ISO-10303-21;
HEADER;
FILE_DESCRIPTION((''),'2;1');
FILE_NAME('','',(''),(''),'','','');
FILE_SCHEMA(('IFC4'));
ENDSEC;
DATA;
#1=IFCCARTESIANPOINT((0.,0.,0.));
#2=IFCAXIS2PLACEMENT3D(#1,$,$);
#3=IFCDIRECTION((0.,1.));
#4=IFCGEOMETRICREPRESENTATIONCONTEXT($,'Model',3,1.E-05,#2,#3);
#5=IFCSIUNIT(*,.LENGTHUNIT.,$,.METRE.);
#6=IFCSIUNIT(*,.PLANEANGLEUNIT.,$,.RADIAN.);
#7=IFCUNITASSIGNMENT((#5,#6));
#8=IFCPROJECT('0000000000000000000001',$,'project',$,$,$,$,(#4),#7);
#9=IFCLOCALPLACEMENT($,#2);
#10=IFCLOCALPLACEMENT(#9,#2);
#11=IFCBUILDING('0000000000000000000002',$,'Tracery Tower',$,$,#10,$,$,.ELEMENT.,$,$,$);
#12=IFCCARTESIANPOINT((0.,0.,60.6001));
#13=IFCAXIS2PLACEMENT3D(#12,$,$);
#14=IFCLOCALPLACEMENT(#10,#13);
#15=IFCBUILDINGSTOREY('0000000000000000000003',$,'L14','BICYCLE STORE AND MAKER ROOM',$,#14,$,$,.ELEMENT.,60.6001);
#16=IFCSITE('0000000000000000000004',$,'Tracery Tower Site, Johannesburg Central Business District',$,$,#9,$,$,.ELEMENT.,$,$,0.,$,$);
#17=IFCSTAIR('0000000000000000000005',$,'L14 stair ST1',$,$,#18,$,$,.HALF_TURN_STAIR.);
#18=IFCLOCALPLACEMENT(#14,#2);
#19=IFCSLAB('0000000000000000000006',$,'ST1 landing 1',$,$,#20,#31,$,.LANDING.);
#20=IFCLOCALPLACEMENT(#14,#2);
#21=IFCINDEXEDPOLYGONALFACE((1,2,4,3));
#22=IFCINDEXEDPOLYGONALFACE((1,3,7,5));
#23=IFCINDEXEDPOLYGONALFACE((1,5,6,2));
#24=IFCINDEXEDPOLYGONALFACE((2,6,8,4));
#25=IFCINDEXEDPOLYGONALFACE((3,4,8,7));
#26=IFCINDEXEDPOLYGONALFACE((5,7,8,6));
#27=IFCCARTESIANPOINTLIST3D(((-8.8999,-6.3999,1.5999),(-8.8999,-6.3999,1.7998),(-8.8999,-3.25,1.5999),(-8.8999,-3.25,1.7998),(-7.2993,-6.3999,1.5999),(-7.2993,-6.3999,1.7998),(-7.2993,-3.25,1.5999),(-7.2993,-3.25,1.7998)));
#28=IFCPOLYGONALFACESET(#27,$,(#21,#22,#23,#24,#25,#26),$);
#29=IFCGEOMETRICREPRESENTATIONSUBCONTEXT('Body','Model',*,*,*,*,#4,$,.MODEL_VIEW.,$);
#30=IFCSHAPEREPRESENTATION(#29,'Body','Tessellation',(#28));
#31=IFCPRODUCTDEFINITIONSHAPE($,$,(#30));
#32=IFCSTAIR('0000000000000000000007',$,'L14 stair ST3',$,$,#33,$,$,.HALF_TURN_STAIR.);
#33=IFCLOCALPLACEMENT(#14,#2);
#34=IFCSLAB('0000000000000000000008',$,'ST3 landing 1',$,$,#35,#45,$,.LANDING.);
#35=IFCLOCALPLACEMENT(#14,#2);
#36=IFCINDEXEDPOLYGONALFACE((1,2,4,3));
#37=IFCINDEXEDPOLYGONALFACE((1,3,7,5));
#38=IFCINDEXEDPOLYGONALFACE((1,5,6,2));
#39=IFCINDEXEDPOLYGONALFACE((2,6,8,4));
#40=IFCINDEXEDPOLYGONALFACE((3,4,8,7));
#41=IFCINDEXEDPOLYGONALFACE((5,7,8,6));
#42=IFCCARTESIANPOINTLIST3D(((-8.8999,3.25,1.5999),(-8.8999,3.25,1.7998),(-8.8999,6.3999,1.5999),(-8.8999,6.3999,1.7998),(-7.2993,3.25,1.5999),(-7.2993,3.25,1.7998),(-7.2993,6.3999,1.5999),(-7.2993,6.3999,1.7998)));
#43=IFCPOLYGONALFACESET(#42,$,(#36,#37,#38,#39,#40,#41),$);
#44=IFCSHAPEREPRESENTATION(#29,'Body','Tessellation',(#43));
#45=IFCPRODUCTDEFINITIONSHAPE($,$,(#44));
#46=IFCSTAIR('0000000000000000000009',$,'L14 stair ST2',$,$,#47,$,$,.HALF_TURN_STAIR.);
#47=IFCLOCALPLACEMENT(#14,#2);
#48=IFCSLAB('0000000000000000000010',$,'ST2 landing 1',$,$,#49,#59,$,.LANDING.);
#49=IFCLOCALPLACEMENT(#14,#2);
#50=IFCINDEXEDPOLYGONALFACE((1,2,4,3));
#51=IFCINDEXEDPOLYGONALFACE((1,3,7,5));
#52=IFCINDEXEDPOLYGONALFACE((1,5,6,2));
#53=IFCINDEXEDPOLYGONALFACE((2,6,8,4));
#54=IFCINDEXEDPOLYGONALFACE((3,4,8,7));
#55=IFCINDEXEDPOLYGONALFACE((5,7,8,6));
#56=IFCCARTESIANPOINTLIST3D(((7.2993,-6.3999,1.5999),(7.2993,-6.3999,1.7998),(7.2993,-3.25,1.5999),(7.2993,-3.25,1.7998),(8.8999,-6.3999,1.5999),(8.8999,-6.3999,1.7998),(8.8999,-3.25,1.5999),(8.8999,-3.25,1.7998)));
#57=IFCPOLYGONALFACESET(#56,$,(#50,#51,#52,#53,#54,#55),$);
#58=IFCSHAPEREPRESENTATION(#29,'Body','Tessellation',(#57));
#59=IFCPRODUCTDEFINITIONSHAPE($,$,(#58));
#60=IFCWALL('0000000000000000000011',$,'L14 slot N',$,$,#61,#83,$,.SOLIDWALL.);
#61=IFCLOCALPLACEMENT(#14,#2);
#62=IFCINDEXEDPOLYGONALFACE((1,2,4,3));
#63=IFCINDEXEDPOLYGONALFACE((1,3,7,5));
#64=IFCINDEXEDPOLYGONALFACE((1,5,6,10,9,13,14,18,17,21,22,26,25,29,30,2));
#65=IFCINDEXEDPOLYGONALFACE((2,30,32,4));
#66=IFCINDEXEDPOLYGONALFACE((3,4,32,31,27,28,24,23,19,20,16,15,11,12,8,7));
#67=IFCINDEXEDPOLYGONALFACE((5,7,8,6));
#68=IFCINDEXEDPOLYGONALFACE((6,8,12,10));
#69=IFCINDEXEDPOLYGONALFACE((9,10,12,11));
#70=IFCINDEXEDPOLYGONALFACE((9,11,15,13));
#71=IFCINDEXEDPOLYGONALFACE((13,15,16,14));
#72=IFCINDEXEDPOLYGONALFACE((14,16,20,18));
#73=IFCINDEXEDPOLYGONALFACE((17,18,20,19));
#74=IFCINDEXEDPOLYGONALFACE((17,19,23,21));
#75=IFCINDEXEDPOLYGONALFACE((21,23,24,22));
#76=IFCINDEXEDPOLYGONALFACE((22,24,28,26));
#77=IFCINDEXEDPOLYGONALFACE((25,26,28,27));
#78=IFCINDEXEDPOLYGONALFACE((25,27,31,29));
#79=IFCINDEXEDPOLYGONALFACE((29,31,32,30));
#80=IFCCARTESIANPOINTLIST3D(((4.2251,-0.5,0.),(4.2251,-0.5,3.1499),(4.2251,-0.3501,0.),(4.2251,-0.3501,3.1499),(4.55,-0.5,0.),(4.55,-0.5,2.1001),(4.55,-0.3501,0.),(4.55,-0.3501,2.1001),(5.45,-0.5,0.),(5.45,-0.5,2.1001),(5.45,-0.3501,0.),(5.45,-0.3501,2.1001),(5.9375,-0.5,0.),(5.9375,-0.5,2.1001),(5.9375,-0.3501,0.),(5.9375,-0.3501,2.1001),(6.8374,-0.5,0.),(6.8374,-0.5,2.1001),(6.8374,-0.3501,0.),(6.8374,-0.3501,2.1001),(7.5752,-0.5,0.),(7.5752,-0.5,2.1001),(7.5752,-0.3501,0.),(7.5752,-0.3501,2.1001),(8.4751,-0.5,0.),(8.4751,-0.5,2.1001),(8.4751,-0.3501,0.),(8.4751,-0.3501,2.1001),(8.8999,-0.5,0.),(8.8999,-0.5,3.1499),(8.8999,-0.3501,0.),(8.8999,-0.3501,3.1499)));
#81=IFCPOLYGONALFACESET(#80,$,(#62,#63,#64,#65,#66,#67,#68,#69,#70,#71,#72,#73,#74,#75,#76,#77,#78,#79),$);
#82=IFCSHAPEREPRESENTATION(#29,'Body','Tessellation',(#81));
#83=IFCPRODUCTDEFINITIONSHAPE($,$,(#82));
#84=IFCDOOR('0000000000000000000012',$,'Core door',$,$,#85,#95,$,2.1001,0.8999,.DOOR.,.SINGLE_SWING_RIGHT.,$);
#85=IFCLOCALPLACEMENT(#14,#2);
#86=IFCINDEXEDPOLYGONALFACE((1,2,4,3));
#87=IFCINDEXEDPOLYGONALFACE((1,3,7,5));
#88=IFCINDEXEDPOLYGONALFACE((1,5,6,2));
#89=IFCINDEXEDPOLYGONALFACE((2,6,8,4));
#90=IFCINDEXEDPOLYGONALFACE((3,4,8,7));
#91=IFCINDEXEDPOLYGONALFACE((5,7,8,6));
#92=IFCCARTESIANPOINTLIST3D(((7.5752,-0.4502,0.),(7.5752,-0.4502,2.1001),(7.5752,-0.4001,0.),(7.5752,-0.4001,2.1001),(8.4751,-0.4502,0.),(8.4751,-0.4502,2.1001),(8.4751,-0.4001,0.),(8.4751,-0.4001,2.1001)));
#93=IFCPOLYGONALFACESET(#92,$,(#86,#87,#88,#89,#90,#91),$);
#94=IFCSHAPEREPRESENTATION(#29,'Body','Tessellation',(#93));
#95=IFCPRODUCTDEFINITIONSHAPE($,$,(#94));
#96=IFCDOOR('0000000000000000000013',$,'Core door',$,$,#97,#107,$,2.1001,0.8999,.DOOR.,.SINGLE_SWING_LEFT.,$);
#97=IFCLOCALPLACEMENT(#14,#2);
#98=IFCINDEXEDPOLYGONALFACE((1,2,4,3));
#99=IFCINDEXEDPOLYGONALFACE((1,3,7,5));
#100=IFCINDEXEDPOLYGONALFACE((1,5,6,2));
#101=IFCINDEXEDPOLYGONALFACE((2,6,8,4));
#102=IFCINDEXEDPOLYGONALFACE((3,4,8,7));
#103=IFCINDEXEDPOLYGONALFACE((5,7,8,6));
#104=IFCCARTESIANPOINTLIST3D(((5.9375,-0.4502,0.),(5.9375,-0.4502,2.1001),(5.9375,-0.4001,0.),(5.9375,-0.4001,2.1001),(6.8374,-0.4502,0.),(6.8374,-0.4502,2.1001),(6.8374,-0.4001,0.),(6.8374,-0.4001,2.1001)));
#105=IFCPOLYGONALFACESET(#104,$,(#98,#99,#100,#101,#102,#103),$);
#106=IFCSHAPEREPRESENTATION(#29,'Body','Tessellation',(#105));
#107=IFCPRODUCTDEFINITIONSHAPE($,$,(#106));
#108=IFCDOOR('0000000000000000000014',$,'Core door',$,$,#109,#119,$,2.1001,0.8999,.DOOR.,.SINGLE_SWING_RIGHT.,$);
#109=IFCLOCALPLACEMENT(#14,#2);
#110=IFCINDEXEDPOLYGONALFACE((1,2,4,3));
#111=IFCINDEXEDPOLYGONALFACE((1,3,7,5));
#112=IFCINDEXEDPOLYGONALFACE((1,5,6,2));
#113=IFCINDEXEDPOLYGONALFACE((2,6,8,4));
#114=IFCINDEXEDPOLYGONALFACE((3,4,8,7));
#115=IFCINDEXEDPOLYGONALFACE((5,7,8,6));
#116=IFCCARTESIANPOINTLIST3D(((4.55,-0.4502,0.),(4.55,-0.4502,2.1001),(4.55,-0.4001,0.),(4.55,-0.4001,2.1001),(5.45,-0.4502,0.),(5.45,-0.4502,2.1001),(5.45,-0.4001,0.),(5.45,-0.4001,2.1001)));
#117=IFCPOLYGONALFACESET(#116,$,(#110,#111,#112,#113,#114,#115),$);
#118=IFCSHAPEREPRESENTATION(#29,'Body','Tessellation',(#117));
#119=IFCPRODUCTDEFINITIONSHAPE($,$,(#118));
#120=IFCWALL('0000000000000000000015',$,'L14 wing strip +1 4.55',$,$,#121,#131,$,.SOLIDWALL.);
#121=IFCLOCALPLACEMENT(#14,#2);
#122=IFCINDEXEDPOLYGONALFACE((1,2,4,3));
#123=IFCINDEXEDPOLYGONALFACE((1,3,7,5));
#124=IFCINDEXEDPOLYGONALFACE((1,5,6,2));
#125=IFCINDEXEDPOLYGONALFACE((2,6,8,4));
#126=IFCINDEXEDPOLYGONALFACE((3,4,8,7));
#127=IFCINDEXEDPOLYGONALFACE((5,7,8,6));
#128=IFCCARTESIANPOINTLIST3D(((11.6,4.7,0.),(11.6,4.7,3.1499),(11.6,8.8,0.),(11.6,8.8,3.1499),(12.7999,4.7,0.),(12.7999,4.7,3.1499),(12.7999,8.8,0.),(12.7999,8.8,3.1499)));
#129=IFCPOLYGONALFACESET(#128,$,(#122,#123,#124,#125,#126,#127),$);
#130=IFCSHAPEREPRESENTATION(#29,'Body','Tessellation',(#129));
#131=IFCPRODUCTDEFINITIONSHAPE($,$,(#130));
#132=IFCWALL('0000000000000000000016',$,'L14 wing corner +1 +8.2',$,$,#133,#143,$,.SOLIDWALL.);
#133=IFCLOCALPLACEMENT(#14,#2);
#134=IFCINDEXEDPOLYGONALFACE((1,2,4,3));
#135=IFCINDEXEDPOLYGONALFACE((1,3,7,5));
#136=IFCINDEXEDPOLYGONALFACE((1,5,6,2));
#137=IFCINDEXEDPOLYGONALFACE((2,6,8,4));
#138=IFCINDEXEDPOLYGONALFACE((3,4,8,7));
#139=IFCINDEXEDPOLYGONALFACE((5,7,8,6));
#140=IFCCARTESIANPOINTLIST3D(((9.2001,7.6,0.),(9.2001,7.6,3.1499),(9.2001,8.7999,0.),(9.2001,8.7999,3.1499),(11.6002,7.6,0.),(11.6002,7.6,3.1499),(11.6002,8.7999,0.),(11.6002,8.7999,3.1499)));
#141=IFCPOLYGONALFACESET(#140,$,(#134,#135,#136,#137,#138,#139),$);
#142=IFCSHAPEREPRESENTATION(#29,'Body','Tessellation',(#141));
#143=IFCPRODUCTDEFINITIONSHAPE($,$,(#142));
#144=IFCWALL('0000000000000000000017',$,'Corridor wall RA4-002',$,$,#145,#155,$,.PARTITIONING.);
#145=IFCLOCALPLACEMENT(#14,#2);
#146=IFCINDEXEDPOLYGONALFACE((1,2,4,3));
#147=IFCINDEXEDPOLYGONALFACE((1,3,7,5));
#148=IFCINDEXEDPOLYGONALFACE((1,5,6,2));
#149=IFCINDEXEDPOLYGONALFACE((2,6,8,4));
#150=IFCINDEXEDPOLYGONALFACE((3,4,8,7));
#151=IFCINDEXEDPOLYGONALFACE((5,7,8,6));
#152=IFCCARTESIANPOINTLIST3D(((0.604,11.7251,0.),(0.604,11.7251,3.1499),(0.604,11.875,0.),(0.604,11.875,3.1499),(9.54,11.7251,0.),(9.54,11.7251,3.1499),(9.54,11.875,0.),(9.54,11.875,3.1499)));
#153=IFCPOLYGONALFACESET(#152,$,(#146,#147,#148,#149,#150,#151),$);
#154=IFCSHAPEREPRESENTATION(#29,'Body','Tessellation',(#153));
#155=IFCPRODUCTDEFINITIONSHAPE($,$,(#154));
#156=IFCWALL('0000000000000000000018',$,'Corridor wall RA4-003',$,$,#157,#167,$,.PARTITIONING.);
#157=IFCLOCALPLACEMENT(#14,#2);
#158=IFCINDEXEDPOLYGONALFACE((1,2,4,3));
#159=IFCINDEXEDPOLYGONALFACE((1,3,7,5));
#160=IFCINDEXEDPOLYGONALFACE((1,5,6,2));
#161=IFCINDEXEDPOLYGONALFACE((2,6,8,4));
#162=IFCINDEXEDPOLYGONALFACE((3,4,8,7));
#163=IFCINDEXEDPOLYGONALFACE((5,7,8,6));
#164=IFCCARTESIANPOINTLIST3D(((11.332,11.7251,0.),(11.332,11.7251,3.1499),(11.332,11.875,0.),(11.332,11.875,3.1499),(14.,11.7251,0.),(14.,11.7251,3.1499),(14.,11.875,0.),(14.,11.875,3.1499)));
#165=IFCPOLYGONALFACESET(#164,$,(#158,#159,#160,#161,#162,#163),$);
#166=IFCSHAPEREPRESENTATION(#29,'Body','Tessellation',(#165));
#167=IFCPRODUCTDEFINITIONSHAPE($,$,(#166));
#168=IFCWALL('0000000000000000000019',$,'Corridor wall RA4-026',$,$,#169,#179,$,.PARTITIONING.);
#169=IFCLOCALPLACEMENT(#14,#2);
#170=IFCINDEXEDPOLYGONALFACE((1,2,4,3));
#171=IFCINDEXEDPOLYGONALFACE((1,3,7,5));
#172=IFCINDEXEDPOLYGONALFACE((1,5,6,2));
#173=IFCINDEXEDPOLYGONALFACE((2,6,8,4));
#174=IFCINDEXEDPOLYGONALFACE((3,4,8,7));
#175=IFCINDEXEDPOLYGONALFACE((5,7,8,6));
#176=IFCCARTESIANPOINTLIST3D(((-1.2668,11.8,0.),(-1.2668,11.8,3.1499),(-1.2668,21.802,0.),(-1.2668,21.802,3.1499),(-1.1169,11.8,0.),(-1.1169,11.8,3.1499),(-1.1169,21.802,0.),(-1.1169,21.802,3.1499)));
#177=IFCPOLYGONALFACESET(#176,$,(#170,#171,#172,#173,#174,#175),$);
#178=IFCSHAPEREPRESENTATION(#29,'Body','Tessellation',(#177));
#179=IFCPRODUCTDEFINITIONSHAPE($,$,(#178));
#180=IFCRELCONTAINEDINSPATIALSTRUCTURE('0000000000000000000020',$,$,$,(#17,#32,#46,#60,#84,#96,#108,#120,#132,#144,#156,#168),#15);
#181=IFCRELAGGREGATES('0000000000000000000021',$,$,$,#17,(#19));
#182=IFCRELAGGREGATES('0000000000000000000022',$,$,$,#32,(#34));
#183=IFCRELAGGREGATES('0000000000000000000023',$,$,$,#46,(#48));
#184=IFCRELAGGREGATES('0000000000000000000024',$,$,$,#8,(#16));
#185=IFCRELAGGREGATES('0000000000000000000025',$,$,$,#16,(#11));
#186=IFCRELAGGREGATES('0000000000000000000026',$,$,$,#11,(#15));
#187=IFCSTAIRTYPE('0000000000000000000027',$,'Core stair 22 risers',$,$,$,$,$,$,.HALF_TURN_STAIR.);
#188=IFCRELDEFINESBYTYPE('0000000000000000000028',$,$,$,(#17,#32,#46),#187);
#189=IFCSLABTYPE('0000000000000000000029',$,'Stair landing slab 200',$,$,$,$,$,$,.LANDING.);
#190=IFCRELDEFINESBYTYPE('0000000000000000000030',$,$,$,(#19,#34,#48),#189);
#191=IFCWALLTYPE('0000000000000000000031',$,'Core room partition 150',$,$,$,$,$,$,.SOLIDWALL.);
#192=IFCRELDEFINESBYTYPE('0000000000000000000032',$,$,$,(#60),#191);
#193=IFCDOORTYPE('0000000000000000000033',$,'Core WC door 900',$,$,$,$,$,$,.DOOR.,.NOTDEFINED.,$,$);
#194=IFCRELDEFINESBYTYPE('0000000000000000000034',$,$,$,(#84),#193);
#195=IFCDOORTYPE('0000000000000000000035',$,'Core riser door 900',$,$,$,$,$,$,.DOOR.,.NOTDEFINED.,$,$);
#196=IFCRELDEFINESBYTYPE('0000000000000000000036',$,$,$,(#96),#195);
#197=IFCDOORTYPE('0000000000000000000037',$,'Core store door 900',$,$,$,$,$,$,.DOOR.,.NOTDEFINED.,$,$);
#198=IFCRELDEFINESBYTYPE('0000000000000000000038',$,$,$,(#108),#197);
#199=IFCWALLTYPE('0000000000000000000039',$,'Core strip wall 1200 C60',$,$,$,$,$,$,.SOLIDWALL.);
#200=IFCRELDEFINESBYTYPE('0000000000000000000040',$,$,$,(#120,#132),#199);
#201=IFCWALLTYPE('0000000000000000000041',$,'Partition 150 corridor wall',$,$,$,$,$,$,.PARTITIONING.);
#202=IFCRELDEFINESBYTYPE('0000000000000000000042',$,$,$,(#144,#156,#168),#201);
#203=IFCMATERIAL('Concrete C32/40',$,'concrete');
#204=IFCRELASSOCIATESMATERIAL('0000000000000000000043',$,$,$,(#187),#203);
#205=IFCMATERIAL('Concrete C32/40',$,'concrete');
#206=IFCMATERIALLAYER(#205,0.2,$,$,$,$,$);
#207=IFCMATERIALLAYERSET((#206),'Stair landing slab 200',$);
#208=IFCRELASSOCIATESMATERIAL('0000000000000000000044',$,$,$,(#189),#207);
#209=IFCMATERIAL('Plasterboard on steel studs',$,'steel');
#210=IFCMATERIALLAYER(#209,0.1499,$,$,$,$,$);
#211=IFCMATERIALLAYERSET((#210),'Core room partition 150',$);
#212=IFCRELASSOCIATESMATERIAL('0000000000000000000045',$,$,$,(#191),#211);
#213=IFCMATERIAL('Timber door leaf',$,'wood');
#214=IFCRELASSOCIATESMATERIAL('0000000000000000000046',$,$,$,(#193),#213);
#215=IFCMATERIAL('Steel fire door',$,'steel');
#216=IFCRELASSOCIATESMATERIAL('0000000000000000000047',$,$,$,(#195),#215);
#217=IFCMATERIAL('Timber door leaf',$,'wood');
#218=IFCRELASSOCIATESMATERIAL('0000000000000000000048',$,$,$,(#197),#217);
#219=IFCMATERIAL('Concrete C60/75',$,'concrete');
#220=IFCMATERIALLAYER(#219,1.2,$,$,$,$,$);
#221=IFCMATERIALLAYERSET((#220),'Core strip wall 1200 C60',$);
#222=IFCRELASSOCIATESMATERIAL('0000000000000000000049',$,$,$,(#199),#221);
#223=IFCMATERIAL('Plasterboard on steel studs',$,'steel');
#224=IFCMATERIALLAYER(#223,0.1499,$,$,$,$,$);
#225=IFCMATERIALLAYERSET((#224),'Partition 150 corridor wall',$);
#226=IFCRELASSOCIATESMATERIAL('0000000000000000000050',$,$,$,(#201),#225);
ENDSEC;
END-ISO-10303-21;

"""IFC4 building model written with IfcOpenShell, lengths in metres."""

from ifc_helpers import new_model, si_unit, direction, frame, frame_2d, origin, place, context, subcontext, project, spatial, polyline, rectangle, outline, extrude, material, layer, layer_set, type_object, element, fill, aggregate, save


model = new_model("IFC4")

# Units and contexts
model_context = context("Model", 3, precision=1e-05, world=origin(), true_north=direction((0.0, 1.0)))
body_context = subcontext(model_context, "Body", "Model", "MODEL_VIEW")
ifc_project = project(units=[si_unit("LENGTHUNIT", "METRE"), si_unit("PLANEANGLEUNIT", "RADIAN")], contexts=[model_context])

# Site, building, storey
site_placement = place(None, origin())
site = spatial("IfcSite", under=ifc_project, at=site_placement, Name="Tracery Tower Site, Johannesburg Central Business District", CompositionType="ELEMENT", RefElevation=0.0)
building_placement = place(site_placement, origin())
building = spatial("IfcBuilding", under=site, at=building_placement, Name="Tracery Tower", CompositionType="ELEMENT")
storey_placement = place(building_placement, frame((0.0, 0.0, 60.6001)))
storey = spatial("IfcBuildingStorey", under=building, at=storey_placement, Name="L14", Description="BICYCLE STORE AND MAKER ROOM", CompositionType="ELEMENT", Elevation=60.6001)

# Stairs, slabs
ifc_material_1 = material(Name="Concrete C32/40", Category="concrete")
stair_type = type_object("IfcStairType", Name="Core stair 22 risers", PredefinedType="HALF_TURN_STAIR", material=ifc_material_1)
stair_1_placement = place(storey_placement, origin())
stair_1 = element("IfcStair", 1, at=stair_1_placement, inside=storey, type_object=stair_type, Name="L14 stair ST1", PredefinedType="HALF_TURN_STAIR")
ifc_material_2 = material(Name="Concrete C32/40", Category="concrete")
ifc_layer_1 = layer(ifc_material_2, 0.2)
ifc_layer_set_1 = layer_set([ifc_layer_1], Name="Stair landing slab 200")
slab_type_1 = type_object("IfcSlabType", Name="Stair landing slab 200", PredefinedType="LANDING", material=ifc_layer_set_1)
slab_1_placement = place(storey_placement, frame((0.0, 0.0, 1.5999)))
slab_1 = element("IfcSlab", 2, at=slab_1_placement, type_object=slab_type_1, Name="ST1 landing 1", PredefinedType="LANDING", context=body_context, shape_type="SweptSolid", body=[
    extrude(outline(polyline([(-7.2993, -3.25), (-8.8999, -3.25), (-8.8999, -6.3999), (-7.2993, -6.3999), (-7.2993, -3.25)])), origin(), (0.0, 0.0, 1.0), 0.2),
])
aggregate(stair_1, [slab_1])
stair_2_placement = place(storey_placement, origin())
stair_2 = element("IfcStair", 3, at=stair_2_placement, inside=storey, type_object=stair_type, Name="L14 stair ST3", PredefinedType="HALF_TURN_STAIR")
slab_2_placement = place(storey_placement, frame((0.0, 0.0, 1.5999)))
slab_2 = element("IfcSlab", 4, at=slab_2_placement, type_object=slab_type_1, Name="ST3 landing 1", PredefinedType="LANDING", context=body_context, shape_type="SweptSolid", body=[
    extrude(outline(polyline([(-7.2993, 6.3999), (-8.8999, 6.3999), (-8.8999, 3.25), (-7.2993, 3.25), (-7.2993, 6.3999)])), origin(), (0.0, 0.0, 1.0), 0.2),
])
aggregate(stair_2, [slab_2])
stair_3_placement = place(storey_placement, origin())
stair_3 = element("IfcStair", 5, at=stair_3_placement, inside=storey, type_object=stair_type, Name="L14 stair ST2", PredefinedType="HALF_TURN_STAIR")
slab_3_placement = place(storey_placement, frame((0.0, 0.0, 1.5999)))
slab_3 = element("IfcSlab", 6, at=slab_3_placement, type_object=slab_type_1, Name="ST2 landing 1", PredefinedType="LANDING", context=body_context, shape_type="SweptSolid", body=[
    extrude(outline(polyline([(7.2993, -6.3999), (8.8999, -6.3999), (8.8999, -3.25), (7.2993, -3.25), (7.2993, -6.3999)])), origin(), (0.0, 0.0, 1.0), 0.2),
])
aggregate(stair_3, [slab_3])

# Wall, openings, doors
ifc_material_3 = material(Name="Plasterboard on steel studs", Category="steel")
ifc_layer_2 = layer(ifc_material_3, 0.1499)
ifc_layer_set_2 = layer_set([ifc_layer_2], Name="Core room partition 150")
wall_type_1 = type_object("IfcWallType", Name="Core room partition 150", PredefinedType="SOLIDWALL", material=ifc_layer_set_2)
wall_1_placement = place(storey_placement, frame((4.2251, -0.425, 0.0), z_axis=(0.0, 0.0, 1.0), x_axis=(1.0, 0.0, 0.0)))
wall_1 = element("IfcWall", 7, at=wall_1_placement, inside=storey, type_object=wall_type_1, Name="L14 slot N", PredefinedType="SOLIDWALL", context=body_context, shape_type="SweptSolid", body=[
    extrude(rectangle(XDim=4.6748, YDim=0.1499, at=frame_2d((2.3374, 0.0))), origin(), (0.0, 0.0, 1.0), 3.1499),
])
opening_1_placement = place(wall_1_placement, frame((0.325, 0.0, 0.0)))
opening_1 = element("IfcOpeningElement", 8, at=opening_1_placement, cuts=wall_1, PredefinedType="OPENING", context=body_context, shape_type="SweptSolid", body=[
    extrude(rectangle(XDim=0.8999, YDim=2.1001, at=frame_2d((0.45, 1.05))), frame((0.0, 0.075, 0.0), z_axis=(0.0, -1.0, 0.0), x_axis=(1.0, 0.0, 0.0)), (0.0, 0.0, 1.0), 0.1499),
])
opening_2_placement = place(wall_1_placement, frame((1.7124, 0.0, 0.0)))
opening_2 = element("IfcOpeningElement", 9, at=opening_2_placement, cuts=wall_1, PredefinedType="OPENING", context=body_context, shape_type="SweptSolid", body=[
    extrude(rectangle(XDim=0.8999, YDim=2.1001, at=frame_2d((0.45, 1.05))), frame((0.0, 0.075, 0.0), z_axis=(0.0, -1.0, 0.0), x_axis=(1.0, 0.0, 0.0)), (0.0, 0.0, 1.0), 0.1499),
])
opening_3_placement = place(wall_1_placement, frame((3.3501, 0.0, 0.0)))
opening_3 = element("IfcOpeningElement", 10, at=opening_3_placement, cuts=wall_1, PredefinedType="OPENING", context=body_context, shape_type="SweptSolid", body=[
    extrude(rectangle(XDim=0.8999, YDim=2.1001, at=frame_2d((0.45, 1.05))), frame((0.0, 0.075, 0.0), z_axis=(0.0, -1.0, 0.0), x_axis=(1.0, 0.0, 0.0)), (0.0, 0.0, 1.0), 0.1499),
])
ifc_material_4 = material(Name="Timber door leaf", Category="wood")
door_type_1 = type_object("IfcDoorType", Name="Core WC door 900", OperationType="NOTDEFINED", PredefinedType="DOOR", material=ifc_material_4)
door_1_placement = place(opening_3_placement, origin())
door_1 = element("IfcDoor", 11, at=door_1_placement, inside=storey, type_object=door_type_1, Name="Core door", OperationType="SINGLE_SWING_RIGHT", OverallHeight=2.1001, OverallWidth=0.8999, PredefinedType="DOOR", context=body_context, shape_type="SweptSolid", body=[
    extrude(rectangle(XDim=0.8999, YDim=2.1001, at=frame_2d((0.45, 1.05))), frame((0.0, 0.0249, 0.0), z_axis=(0.0, -1.0, 0.0), x_axis=(1.0, 0.0, 0.0)), (0.0, 0.0, 1.0), 0.05),
])
fill(opening_3, door_1)
ifc_material_5 = material(Name="Steel fire door", Category="steel")
door_type_2 = type_object("IfcDoorType", Name="Core riser door 900", OperationType="NOTDEFINED", PredefinedType="DOOR", material=ifc_material_5)
door_2_placement = place(opening_2_placement, origin())
door_2 = element("IfcDoor", 12, at=door_2_placement, inside=storey, type_object=door_type_2, Name="Core door", OperationType="SINGLE_SWING_LEFT", OverallHeight=2.1001, OverallWidth=0.8999, PredefinedType="DOOR", context=body_context, shape_type="SweptSolid", body=[
    extrude(rectangle(XDim=0.8999, YDim=2.1001, at=frame_2d((0.45, 1.05))), frame((0.0, 0.0249, 0.0), z_axis=(0.0, -1.0, 0.0), x_axis=(1.0, 0.0, 0.0)), (0.0, 0.0, 1.0), 0.05),
])
fill(opening_2, door_2)
ifc_material_6 = material(Name="Timber door leaf", Category="wood")
door_type_3 = type_object("IfcDoorType", Name="Core store door 900", OperationType="NOTDEFINED", PredefinedType="DOOR", material=ifc_material_6)
door_3_placement = place(opening_1_placement, origin())
door_3 = element("IfcDoor", 13, at=door_3_placement, inside=storey, type_object=door_type_3, Name="Core door", OperationType="SINGLE_SWING_RIGHT", OverallHeight=2.1001, OverallWidth=0.8999, PredefinedType="DOOR", context=body_context, shape_type="SweptSolid", body=[
    extrude(rectangle(XDim=0.8999, YDim=2.1001, at=frame_2d((0.45, 1.05))), frame((0.0, 0.0249, 0.0), z_axis=(0.0, -1.0, 0.0), x_axis=(1.0, 0.0, 0.0)), (0.0, 0.0, 1.0), 0.05),
])
fill(opening_1, door_3)

# Walls
ifc_material_7 = material(Name="Concrete C60/75", Category="concrete")
ifc_layer_3 = layer(ifc_material_7, 1.2)
ifc_layer_set_3 = layer_set([ifc_layer_3], Name="Core strip wall 1200 C60")
wall_type_2 = type_object("IfcWallType", Name="Core strip wall 1200 C60", PredefinedType="SOLIDWALL", material=ifc_layer_set_3)
wall_2_placement = place(storey_placement, frame((12.2, 4.7, 0.0), z_axis=(0.0, 0.0, 1.0), x_axis=(0.0, 1.0, 0.0)))
element("IfcWall", 14, at=wall_2_placement, inside=storey, type_object=wall_type_2, Name="L14 wing strip +1 4.55", PredefinedType="SOLIDWALL", context=body_context, shape_type="SweptSolid", body=[
    extrude(rectangle(XDim=4.1001, YDim=1.2, at=frame_2d((2.05, 0.0))), origin(), (0.0, 0.0, 1.0), 3.1499),
])
wall_3_placement = place(storey_placement, frame((9.2, 8.2, 0.0), z_axis=(0.0, 0.0, 1.0), x_axis=(1.0, 0.0, 0.0)))
element("IfcWall", 15, at=wall_3_placement, inside=storey, type_object=wall_type_2, Name="L14 wing corner +1 +8.2", PredefinedType="SOLIDWALL", context=body_context, shape_type="SweptSolid", body=[
    extrude(rectangle(XDim=2.4001, YDim=1.2, at=frame_2d((1.2002, 0.0))), origin(), (0.0, 0.0, 1.0), 3.1499),
])
ifc_material_8 = material(Name="Plasterboard on steel studs", Category="steel")
ifc_layer_4 = layer(ifc_material_8, 0.1499)
ifc_layer_set_4 = layer_set([ifc_layer_4], Name="Partition 150 corridor wall")
wall_type_3 = type_object("IfcWallType", Name="Partition 150 corridor wall", PredefinedType="PARTITIONING", material=ifc_layer_set_4)
wall_4_placement = place(storey_placement, frame((0.604, 11.8, 0.0), z_axis=(0.0, 0.0, 1.0), x_axis=(1.0, 0.0, 0.0)))
element("IfcWall", 16, at=wall_4_placement, inside=storey, type_object=wall_type_3, Name="Corridor wall RA4-002", PredefinedType="PARTITIONING", context=body_context, shape_type="SweptSolid", body=[
    extrude(rectangle(XDim=8.936, YDim=0.1499, at=frame_2d((4.468, 0.0))), origin(), (0.0, 0.0, 1.0), 3.1499),
])
wall_5_placement = place(storey_placement, frame((11.332, 11.8, 0.0), z_axis=(0.0, 0.0, 1.0), x_axis=(1.0, 0.0, 0.0)))
element("IfcWall", 17, at=wall_5_placement, inside=storey, type_object=wall_type_3, Name="Corridor wall RA4-003", PredefinedType="PARTITIONING", context=body_context, shape_type="SweptSolid", body=[
    extrude(rectangle(XDim=2.668, YDim=0.1499, at=frame_2d((1.334, 0.0))), origin(), (0.0, 0.0, 1.0), 3.1499),
])
wall_6_placement = place(storey_placement, frame((-1.1919, 11.8, 0.0), z_axis=(0.0, 0.0, 1.0), x_axis=(0.0, 1.0, 0.0)))
element("IfcWall", 18, at=wall_6_placement, inside=storey, type_object=wall_type_3, Name="Corridor wall RA4-026", PredefinedType="PARTITIONING", context=body_context, shape_type="SweptSolid", body=[
    extrude(rectangle(XDim=10.002, YDim=0.1499, at=frame_2d((5.001, 0.0))), origin(), (0.0, 0.0, 1.0), 3.1499),
])

save(model, "model.ifc")
